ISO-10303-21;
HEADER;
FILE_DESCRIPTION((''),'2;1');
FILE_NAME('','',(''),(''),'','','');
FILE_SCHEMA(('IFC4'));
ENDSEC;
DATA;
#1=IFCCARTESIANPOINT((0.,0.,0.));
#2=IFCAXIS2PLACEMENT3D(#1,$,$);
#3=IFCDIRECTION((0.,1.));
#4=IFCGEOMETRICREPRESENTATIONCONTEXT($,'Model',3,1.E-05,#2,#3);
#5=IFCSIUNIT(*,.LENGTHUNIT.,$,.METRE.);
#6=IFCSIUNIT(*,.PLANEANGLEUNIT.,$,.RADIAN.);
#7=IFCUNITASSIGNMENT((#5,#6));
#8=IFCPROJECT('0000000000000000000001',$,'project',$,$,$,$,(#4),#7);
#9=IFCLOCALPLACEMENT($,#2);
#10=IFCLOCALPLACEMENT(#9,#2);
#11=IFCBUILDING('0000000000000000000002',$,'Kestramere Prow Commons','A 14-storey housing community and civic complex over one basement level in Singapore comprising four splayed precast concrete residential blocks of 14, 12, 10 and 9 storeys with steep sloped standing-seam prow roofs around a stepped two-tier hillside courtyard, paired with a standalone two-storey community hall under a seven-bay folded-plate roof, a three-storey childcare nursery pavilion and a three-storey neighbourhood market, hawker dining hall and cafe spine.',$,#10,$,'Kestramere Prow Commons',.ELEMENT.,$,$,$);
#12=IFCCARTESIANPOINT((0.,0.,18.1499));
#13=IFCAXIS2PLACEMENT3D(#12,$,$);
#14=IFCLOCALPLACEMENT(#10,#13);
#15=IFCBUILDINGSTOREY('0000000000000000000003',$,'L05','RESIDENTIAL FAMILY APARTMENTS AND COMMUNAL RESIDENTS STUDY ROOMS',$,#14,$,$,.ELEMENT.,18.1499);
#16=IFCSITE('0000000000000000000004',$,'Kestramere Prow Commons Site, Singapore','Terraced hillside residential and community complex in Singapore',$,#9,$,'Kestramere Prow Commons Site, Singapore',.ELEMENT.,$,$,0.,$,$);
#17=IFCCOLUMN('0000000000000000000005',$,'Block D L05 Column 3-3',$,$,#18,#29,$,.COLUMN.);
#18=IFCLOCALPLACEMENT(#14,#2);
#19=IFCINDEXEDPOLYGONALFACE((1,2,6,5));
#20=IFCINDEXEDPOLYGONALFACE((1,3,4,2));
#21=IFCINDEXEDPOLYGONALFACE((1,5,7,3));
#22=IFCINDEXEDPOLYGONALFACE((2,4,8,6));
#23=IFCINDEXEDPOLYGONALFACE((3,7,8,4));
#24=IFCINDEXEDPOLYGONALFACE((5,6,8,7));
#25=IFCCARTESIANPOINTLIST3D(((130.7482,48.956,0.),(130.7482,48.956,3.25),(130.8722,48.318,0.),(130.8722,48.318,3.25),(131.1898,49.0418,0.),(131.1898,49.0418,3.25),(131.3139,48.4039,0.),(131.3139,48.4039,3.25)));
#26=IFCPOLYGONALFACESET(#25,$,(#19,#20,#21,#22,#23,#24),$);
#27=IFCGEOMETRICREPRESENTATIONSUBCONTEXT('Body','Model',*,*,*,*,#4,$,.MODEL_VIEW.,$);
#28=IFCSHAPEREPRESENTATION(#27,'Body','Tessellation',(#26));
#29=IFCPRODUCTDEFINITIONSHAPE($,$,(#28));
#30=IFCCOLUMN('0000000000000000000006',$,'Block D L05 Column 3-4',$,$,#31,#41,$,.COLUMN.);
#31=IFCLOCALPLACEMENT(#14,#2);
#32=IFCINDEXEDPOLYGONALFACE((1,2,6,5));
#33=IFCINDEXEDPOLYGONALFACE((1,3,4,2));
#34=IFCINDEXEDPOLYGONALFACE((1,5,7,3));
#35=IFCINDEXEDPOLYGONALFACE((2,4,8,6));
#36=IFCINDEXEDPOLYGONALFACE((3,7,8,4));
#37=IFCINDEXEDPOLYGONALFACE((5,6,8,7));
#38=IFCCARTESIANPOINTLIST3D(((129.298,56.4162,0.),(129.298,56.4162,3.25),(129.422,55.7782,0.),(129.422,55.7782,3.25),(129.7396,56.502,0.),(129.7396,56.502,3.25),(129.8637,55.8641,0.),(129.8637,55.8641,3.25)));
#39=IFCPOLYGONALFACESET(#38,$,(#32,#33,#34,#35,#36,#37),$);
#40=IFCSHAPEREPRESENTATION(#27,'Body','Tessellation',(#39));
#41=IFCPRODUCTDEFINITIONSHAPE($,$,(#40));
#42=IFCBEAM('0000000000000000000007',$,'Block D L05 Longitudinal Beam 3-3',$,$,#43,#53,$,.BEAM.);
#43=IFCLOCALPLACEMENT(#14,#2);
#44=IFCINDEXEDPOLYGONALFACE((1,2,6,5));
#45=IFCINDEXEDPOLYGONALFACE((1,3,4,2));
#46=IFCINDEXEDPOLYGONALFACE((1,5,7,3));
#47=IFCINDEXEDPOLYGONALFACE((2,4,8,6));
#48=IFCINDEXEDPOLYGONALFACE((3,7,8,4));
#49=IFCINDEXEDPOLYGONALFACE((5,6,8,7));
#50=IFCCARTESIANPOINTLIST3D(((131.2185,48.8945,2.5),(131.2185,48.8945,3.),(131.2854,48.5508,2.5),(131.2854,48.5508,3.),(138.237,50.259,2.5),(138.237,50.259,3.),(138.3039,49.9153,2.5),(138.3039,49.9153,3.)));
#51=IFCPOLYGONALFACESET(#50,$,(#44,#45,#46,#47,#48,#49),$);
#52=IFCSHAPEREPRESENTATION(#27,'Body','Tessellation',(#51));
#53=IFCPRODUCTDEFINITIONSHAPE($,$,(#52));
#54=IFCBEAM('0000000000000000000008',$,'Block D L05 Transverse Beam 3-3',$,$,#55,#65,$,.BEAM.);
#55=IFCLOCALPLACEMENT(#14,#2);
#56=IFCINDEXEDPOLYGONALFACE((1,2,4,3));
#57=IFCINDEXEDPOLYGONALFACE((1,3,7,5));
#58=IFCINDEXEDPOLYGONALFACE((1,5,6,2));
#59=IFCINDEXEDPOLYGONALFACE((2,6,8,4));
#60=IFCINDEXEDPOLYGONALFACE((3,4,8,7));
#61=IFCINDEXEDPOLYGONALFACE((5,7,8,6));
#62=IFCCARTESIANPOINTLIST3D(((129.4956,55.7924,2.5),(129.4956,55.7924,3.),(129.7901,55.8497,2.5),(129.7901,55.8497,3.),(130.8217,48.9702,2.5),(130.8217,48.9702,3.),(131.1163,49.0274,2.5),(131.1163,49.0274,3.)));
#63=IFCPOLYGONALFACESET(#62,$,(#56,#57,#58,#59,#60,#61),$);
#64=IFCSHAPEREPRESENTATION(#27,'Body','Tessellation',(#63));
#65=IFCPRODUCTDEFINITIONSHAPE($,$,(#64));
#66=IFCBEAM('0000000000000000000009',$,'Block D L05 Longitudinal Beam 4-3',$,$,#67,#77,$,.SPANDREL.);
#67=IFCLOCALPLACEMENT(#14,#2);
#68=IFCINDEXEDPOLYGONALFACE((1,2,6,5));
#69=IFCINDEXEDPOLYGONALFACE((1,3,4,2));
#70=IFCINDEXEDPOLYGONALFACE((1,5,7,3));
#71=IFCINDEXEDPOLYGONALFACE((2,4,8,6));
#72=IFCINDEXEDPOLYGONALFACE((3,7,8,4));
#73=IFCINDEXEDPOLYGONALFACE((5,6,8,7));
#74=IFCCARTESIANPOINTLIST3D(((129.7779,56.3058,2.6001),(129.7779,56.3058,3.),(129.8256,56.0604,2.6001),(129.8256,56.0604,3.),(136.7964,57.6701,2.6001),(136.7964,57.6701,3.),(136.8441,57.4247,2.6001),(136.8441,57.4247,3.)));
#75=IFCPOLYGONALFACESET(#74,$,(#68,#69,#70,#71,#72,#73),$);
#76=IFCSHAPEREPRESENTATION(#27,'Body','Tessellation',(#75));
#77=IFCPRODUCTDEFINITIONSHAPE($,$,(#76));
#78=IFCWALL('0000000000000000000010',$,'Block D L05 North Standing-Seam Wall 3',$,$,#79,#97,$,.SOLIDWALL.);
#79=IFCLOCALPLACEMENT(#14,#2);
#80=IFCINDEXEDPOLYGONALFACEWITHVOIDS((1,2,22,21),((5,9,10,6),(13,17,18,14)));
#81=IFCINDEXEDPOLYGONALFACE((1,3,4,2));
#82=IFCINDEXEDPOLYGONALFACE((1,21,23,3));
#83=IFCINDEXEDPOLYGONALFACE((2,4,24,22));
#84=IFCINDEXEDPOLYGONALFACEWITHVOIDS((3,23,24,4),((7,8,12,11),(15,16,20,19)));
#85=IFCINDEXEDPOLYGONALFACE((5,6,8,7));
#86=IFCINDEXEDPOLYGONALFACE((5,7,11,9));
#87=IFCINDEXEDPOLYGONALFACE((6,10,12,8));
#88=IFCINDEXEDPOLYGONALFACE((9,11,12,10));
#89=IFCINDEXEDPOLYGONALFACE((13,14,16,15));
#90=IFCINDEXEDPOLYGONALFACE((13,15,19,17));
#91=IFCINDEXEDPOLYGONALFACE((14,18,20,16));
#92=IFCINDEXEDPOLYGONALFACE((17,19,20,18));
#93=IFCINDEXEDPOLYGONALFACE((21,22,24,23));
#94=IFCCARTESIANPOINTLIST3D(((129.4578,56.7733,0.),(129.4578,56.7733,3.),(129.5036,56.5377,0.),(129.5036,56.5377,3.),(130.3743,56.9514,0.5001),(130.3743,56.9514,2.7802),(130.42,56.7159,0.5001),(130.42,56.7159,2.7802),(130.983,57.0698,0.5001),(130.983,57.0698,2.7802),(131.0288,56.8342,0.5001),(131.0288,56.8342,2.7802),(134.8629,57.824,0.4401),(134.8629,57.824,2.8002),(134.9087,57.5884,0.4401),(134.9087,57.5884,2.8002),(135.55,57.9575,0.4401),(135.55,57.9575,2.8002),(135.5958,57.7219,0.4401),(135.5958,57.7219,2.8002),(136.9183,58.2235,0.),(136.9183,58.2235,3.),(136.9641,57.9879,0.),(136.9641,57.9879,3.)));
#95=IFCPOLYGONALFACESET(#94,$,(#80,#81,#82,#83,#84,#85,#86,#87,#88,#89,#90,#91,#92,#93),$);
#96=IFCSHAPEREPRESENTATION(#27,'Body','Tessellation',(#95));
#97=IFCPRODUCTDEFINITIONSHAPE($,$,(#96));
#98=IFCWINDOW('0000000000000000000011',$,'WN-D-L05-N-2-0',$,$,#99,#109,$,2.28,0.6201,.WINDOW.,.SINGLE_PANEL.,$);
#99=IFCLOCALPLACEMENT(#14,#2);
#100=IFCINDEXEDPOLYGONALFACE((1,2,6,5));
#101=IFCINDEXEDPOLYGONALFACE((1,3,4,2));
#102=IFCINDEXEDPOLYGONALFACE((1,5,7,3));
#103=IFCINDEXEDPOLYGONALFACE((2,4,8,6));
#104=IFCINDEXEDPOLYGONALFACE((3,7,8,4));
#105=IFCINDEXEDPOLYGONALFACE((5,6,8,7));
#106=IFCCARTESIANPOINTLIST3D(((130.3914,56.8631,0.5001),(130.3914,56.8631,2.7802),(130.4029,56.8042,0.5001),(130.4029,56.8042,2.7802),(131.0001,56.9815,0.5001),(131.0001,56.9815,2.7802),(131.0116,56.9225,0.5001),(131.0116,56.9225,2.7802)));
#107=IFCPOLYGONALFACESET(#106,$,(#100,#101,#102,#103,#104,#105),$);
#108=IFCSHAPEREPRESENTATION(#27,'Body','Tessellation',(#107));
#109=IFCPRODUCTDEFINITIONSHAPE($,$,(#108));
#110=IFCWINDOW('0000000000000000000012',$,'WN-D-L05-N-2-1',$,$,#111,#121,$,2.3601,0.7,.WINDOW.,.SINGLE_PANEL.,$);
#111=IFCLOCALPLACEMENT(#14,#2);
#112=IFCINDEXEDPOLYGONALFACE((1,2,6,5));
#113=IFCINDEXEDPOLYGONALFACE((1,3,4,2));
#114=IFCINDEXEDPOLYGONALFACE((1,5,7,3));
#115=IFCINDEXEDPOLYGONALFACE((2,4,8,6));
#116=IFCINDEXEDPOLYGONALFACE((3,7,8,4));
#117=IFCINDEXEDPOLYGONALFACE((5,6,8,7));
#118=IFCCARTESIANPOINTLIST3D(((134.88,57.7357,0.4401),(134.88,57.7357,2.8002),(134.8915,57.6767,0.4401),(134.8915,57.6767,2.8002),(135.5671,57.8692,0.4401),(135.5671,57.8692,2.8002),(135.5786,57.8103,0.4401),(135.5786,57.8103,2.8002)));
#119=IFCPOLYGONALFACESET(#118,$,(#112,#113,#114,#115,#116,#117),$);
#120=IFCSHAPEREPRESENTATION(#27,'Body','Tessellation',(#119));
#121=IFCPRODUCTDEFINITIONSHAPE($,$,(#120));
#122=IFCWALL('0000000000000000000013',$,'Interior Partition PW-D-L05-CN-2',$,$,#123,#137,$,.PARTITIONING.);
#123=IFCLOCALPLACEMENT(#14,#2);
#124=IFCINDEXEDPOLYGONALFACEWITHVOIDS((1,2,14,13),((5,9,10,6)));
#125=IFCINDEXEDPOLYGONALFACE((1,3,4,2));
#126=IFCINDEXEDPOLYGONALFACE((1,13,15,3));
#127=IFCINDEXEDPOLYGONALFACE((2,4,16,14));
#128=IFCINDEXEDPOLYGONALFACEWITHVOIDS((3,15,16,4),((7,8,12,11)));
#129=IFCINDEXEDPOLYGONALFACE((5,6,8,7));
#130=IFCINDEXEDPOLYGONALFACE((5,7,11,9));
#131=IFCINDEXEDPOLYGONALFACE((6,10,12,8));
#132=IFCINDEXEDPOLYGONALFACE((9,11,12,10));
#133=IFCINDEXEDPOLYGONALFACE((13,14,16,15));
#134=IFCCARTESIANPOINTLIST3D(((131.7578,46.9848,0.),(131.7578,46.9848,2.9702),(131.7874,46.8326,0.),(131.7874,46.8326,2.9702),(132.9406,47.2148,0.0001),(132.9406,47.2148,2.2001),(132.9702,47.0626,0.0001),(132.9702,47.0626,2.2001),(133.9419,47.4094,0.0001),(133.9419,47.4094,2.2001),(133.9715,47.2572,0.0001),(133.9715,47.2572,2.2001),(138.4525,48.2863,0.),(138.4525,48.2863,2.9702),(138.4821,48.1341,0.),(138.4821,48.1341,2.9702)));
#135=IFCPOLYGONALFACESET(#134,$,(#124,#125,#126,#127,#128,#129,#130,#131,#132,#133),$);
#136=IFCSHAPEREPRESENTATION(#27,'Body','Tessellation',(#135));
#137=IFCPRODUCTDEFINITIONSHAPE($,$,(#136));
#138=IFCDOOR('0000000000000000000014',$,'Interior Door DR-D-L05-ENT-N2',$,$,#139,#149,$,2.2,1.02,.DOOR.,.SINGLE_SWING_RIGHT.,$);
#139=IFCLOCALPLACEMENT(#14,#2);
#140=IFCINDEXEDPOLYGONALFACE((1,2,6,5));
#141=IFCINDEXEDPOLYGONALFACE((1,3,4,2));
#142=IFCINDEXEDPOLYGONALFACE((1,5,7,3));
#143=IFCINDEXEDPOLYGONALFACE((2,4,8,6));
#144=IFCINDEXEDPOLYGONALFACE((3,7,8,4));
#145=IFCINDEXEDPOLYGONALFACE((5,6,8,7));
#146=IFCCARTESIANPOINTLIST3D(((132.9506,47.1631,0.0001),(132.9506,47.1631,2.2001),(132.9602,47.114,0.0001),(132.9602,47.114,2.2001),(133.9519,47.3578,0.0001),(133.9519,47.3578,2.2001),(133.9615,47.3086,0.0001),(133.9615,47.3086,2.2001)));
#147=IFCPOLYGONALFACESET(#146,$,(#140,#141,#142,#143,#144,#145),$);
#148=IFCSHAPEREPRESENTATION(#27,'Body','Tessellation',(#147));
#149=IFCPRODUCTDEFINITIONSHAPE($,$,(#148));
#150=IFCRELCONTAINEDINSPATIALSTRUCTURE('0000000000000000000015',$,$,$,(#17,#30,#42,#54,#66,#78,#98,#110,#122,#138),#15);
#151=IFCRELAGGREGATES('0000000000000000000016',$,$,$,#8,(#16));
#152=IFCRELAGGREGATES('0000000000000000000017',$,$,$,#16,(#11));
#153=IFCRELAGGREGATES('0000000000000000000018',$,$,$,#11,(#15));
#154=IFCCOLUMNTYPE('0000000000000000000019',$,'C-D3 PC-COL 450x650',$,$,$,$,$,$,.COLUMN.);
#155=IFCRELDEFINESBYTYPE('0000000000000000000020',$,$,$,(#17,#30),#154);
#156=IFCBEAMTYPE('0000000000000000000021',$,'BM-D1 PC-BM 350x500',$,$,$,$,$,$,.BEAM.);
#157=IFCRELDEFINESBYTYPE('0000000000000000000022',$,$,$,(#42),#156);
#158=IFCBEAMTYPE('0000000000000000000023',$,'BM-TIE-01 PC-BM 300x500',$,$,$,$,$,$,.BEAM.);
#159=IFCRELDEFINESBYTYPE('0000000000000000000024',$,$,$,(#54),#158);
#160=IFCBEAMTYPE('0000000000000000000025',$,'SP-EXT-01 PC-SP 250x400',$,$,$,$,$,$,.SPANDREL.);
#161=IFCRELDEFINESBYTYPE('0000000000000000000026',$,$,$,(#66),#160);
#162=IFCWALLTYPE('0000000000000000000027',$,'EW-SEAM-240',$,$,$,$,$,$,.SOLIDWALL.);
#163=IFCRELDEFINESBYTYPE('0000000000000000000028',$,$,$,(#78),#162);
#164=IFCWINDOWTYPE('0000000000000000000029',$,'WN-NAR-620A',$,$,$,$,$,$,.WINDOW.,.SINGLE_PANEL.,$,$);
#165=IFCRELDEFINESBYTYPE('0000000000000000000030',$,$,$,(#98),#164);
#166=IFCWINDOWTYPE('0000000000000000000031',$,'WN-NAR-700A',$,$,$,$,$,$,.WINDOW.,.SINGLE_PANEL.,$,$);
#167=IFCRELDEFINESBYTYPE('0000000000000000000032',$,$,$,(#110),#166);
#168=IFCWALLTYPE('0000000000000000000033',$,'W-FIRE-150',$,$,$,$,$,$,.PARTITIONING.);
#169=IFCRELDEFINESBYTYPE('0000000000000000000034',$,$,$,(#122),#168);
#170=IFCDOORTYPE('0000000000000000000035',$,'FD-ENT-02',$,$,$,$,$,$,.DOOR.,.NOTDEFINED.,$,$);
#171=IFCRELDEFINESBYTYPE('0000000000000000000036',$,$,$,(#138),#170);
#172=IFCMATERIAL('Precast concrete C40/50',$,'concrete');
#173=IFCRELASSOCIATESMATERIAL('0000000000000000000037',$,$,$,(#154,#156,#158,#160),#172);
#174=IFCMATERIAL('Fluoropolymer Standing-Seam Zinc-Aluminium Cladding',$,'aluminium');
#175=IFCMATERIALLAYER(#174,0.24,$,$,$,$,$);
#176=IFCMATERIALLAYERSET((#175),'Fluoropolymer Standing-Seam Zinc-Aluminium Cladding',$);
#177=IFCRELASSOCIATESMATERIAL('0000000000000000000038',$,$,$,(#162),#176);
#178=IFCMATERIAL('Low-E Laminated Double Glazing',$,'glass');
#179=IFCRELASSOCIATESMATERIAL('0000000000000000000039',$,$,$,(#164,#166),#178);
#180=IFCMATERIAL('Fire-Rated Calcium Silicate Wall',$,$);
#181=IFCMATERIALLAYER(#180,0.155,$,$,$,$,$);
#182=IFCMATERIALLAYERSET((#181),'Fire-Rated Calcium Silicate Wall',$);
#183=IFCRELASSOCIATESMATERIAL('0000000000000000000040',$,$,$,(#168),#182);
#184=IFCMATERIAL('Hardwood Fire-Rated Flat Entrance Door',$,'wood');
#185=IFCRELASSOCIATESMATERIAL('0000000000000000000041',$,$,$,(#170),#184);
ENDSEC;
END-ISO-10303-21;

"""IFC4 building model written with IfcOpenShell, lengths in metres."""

from ifc_helpers import new_model, si_unit, direction, frame, frame_2d, origin, origin_2d, place, context, subcontext, project, spatial, rectangle, extrude, material, layer, layer_set, material_profile, profile_set, type_object, element, fill, save


model = new_model("IFC4")

# Units and contexts
model_context = context("Model", 3, precision=1e-05, world=origin(), true_north=direction((0.0, 1.0)))
body_context = subcontext(model_context, "Body", "Model", "MODEL_VIEW")
ifc_project = project(units=[si_unit("LENGTHUNIT", "METRE"), si_unit("PLANEANGLEUNIT", "RADIAN")], contexts=[model_context])

# Site, building, storey
site_placement = place(None, origin())
site = spatial("IfcSite", under=ifc_project, at=site_placement, Name="Kestramere Prow Commons Site, Singapore", Description="Terraced hillside residential and community complex in Singapore", LongName="Kestramere Prow Commons Site, Singapore", CompositionType="ELEMENT", RefElevation=0.0)
building_placement = place(site_placement, origin())
building = spatial("IfcBuilding", under=site, at=building_placement, Name="Kestramere Prow Commons", Description="A 14-storey housing community and civic complex over one basement level in Singapore comprising four splayed precast concrete residential blocks of 14, 12, 10 and 9 storeys with steep sloped standing-seam prow roofs around a stepped two-tier hillside courtyard, paired with a standalone two-storey community hall under a seven-bay folded-plate roof, a three-storey childcare nursery pavilion and a three-storey neighbourhood market, hawker dining hall and cafe spine.", LongName="Kestramere Prow Commons", CompositionType="ELEMENT")
storey_placement = place(building_placement, frame((0.0, 0.0, 18.1499)))
storey = spatial("IfcBuildingStorey", under=building, at=storey_placement, Name="L05", Description="RESIDENTIAL FAMILY APARTMENTS AND COMMUNAL RESIDENTS STUDY ROOMS", CompositionType="ELEMENT", Elevation=18.1499)

# Columns
ifc_material_1 = material(Name="Precast concrete C40/50", Category="concrete")
ifc_material_profile_1 = material_profile(ifc_material_1, rectangle(XDim=0.45, YDim=0.6499, at=origin_2d()), Name="PC-COL 450x650")
ifc_profile_set_1 = profile_set([ifc_material_profile_1], Name="Precast concrete C40/50")
column_type = type_object("IfcColumnType", Name="C-D3 PC-COL 450x650", PredefinedType="COLUMN", material=ifc_profile_set_1)
for number, where, z_axis, x_axis, name in (
    (1, (131.031, 48.6799, 0.0), (0.0, 0.0, 1.0), (0.981627, 0.190809, 0.0), "Block D L05 Column 3-3"),
    (2, (129.5808, 56.1401, 0.0), (0.0, 0.0, 1.0), (0.981627, 0.190809, 0.0), "Block D L05 Column 3-4"),
):
    element("IfcColumn", number, at=place(storey_placement, frame(where, z_axis=z_axis, x_axis=x_axis)), inside=storey, type_object=column_type, Name=name, PredefinedType="COLUMN", context=body_context, shape_type="SweptSolid", body=[
        extrude(rectangle(XDim=0.45, YDim=0.6499, at=origin_2d()), origin(), (0.0, 0.0, 1.0), 3.25),
    ])

# Beams
ifc_material_profile_2 = material_profile(ifc_material_1, rectangle(XDim=0.3501, YDim=0.5, at=origin_2d()), Name="PC-BM 350x500")
ifc_profile_set_2 = profile_set([ifc_material_profile_2], Name="Precast concrete C40/50")
beam_type_1 = type_object("IfcBeamType", Name="BM-D1 PC-BM 350x500", PredefinedType="BEAM", material=ifc_profile_set_2)
beam_1_placement = place(storey_placement, frame((131.252, 48.7227, 2.75), z_axis=(0.981621, 0.19084, 0.0), x_axis=(-0.19084, 0.981621, 0.0)))
element("IfcBeam", 3, at=beam_1_placement, inside=storey, type_object=beam_type_1, Name="Block D L05 Longitudinal Beam 3-3", PredefinedType="BEAM", context=body_context, shape_type="SweptSolid", body=[
    extrude(rectangle(XDim=0.3501, YDim=0.5, at=origin_2d()), origin(), (0.0, 0.0, 1.0), 7.1499),
])
ifc_material_profile_3 = material_profile(ifc_material_1, rectangle(XDim=0.3, YDim=0.5, at=origin_2d()), Name="PC-BM 300x500")
ifc_profile_set_3 = profile_set([ifc_material_profile_3], Name="Precast concrete C40/50")
beam_type_2 = type_object("IfcBeamType", Name="BM-TIE-01 PC-BM 300x500", PredefinedType="BEAM", material=ifc_profile_set_3)
beam_2_placement = place(storey_placement, frame((130.969, 48.9988, 2.75), z_axis=(-0.190817, 0.981626, 0.0), x_axis=(-0.981626, -0.190817, 0.0)))
element("IfcBeam", 4, at=beam_2_placement, inside=storey, type_object=beam_type_2, Name="Block D L05 Transverse Beam 3-3", PredefinedType="BEAM", context=body_context, shape_type="SweptSolid", body=[
    extrude(rectangle(XDim=0.3, YDim=0.5, at=origin_2d()), origin(), (0.0, 0.0, 1.0), 6.95),
])
ifc_material_profile_4 = material_profile(ifc_material_1, rectangle(XDim=0.25, YDim=0.3999, at=origin_2d()), Name="PC-SP 250x400")
ifc_profile_set_4 = profile_set([ifc_material_profile_4], Name="Precast concrete C40/50")
beam_type_3 = type_object("IfcBeamType", Name="SP-EXT-01 PC-SP 250x400", PredefinedType="SPANDREL", material=ifc_profile_set_4)
beam_3_placement = place(storey_placement, frame((129.8018, 56.1831, 2.8), z_axis=(0.981627, 0.190808, 0.0), x_axis=(-0.190808, 0.981627, 0.0)))
element("IfcBeam", 5, at=beam_3_placement, inside=storey, type_object=beam_type_3, Name="Block D L05 Longitudinal Beam 4-3", PredefinedType="SPANDREL", context=body_context, shape_type="SweptSolid", body=[
    extrude(rectangle(XDim=0.25, YDim=0.3999, at=origin_2d()), origin(), (0.0, 0.0, 1.0), 7.1499),
])

# Wall, openings, windows
ifc_material_2 = material(Name="Fluoropolymer Standing-Seam Zinc-Aluminium Cladding", Category="aluminium")
ifc_layer_1 = layer(ifc_material_2, 0.24)
ifc_layer_set_1 = layer_set([ifc_layer_1], Name="Fluoropolymer Standing-Seam Zinc-Aluminium Cladding")
wall_type_1 = type_object("IfcWallType", Name="EW-SEAM-240", PredefinedType="SOLIDWALL", material=ifc_layer_set_1)
wall_1_placement = place(storey_placement, frame((129.4807, 56.6555, 0.0), z_axis=(0.0, 0.0, 1.0), x_axis=(0.981626, 0.190813, 0.0)))
wall_1 = element("IfcWall", 6, at=wall_1_placement, inside=storey, type_object=wall_type_1, Name="Block D L05 North Standing-Seam Wall 3", PredefinedType="SOLIDWALL", context=body_context, shape_type="SweptSolid", body=[
    extrude(rectangle(XDim=7.6001, YDim=0.24, at=frame_2d((3.8, 0.0))), origin(), (0.0, 0.0, 1.0), 3.0),
])
opening_1_placement = place(wall_1_placement, frame((0.9336, 0.0, 0.5)))
opening_1 = element("IfcOpeningElement", 7, at=opening_1_placement, cuts=wall_1, PredefinedType="OPENING", context=body_context, shape_type="SweptSolid", body=[
    extrude(rectangle(XDim=0.6201, YDim=2.28, at=frame_2d((0.3101, 1.1401))), frame((0.0, 0.135, 0.0), z_axis=(0.0, -1.0, 0.0), x_axis=(1.0, 0.0, 0.0)), (0.0, 0.0, 1.0), 0.27),
])
opening_2_placement = place(wall_1_placement, frame((5.5061, 0.0, 0.4399)))
opening_2 = element("IfcOpeningElement", 8, at=opening_2_placement, cuts=wall_1, PredefinedType="OPENING", context=body_context, shape_type="SweptSolid", body=[
    extrude(rectangle(XDim=0.7, YDim=2.3601, at=frame_2d((0.3501, 1.1802))), frame((0.0, 0.135, 0.0), z_axis=(0.0, -1.0, 0.0), x_axis=(1.0, 0.0, 0.0)), (0.0, 0.0, 1.0), 0.27),
])
ifc_material_3 = material(Name="Low-E Laminated Double Glazing", Category="glass")
window_type_1 = type_object("IfcWindowType", Name="WN-NAR-620A", PartitioningType="SINGLE_PANEL", PredefinedType="WINDOW", material=ifc_material_3)
window_1_placement = place(opening_1_placement, origin())
window_1 = element("IfcWindow", 9, at=window_1_placement, inside=storey, type_object=window_type_1, Name="WN-D-L05-N-2-0", OverallHeight=2.28, OverallWidth=0.6201, PartitioningType="SINGLE_PANEL", PredefinedType="WINDOW", context=body_context, shape_type="SweptSolid", body=[
    extrude(rectangle(XDim=0.6201, YDim=2.28, at=frame_2d((0.3101, 1.1401))), frame((0.0, 0.03, 0.0), z_axis=(0.0, -1.0, 0.0), x_axis=(1.0, 0.0, 0.0)), (0.0, 0.0, 1.0), 0.0601),
])
fill(opening_1, window_1)
window_type_2 = type_object("IfcWindowType", Name="WN-NAR-700A", PartitioningType="SINGLE_PANEL", PredefinedType="WINDOW", material=ifc_material_3)
window_2_placement = place(opening_2_placement, origin())
window_2 = element("IfcWindow", 10, at=window_2_placement, inside=storey, type_object=window_type_2, Name="WN-D-L05-N-2-1", OverallHeight=2.3601, OverallWidth=0.7, PartitioningType="SINGLE_PANEL", PredefinedType="WINDOW", context=body_context, shape_type="SweptSolid", body=[
    extrude(rectangle(XDim=0.7, YDim=2.3601, at=frame_2d((0.3501, 1.1802))), frame((0.0, 0.03, 0.0), z_axis=(0.0, -1.0, 0.0), x_axis=(1.0, 0.0, 0.0)), (0.0, 0.0, 1.0), 0.0601),
])
fill(opening_2, window_2)

# Wall, opening, door
ifc_material_4 = material(Name="Fire-Rated Calcium Silicate Wall")
ifc_layer_2 = layer(ifc_material_4, 0.155)
ifc_layer_set_2 = layer_set([ifc_layer_2], Name="Fire-Rated Calcium Silicate Wall")
wall_type_2 = type_object("IfcWallType", Name="W-FIRE-150", PredefinedType="PARTITIONING", material=ifc_layer_set_2)
wall_2_placement = place(storey_placement, frame((131.7725, 46.9087, 0.0), z_axis=(0.0, 0.0, 1.0), x_axis=(0.981622, 0.190833, 0.0)))
wall_2 = element("IfcWall", 11, at=wall_2_placement, inside=storey, type_object=wall_type_2, Name="Interior Partition PW-D-L05-CN-2", PredefinedType="PARTITIONING", context=body_context, shape_type="SweptSolid", body=[
    extrude(rectangle(XDim=6.8201, YDim=0.155, at=frame_2d((3.4102, 0.0))), origin(), (0.0, 0.0, 1.0), 2.9702),
])
opening_3_placement = place(wall_2_placement, frame((1.2051, 0.0, 0.0)))
opening_3 = element("IfcOpeningElement", 12, at=opening_3_placement, cuts=wall_2, PredefinedType="OPENING", context=body_context, shape_type="SweptSolid", body=[
    extrude(rectangle(XDim=1.02, YDim=2.2, at=frame_2d((0.51, 1.1001))), frame((0.0, 0.0925, 0.0), z_axis=(0.0, -1.0, 0.0), x_axis=(1.0, 0.0, 0.0)), (0.0, 0.0, 1.0), 0.1851),
])
ifc_material_5 = material(Name="Hardwood Fire-Rated Flat Entrance Door", Category="wood")
door_type_1 = type_object("IfcDoorType", Name="FD-ENT-02", OperationType="NOTDEFINED", PredefinedType="DOOR", material=ifc_material_5)
door_1_placement = place(opening_3_placement, origin())
door_1 = element("IfcDoor", 13, at=door_1_placement, inside=storey, type_object=door_type_1, Name="Interior Door DR-D-L05-ENT-N2", OperationType="SINGLE_SWING_RIGHT", OverallHeight=2.2, OverallWidth=1.02, PredefinedType="DOOR", context=body_context, shape_type="SweptSolid", body=[
    extrude(rectangle(XDim=1.02, YDim=2.2, at=frame_2d((0.51, 1.1001))), frame((0.0, 0.0249, 0.0), z_axis=(0.0, -1.0, 0.0), x_axis=(1.0, 0.0, 0.0)), (0.0, 0.0, 1.0), 0.05),
])
fill(opening_3, door_1)

save(model, "model.ifc")
